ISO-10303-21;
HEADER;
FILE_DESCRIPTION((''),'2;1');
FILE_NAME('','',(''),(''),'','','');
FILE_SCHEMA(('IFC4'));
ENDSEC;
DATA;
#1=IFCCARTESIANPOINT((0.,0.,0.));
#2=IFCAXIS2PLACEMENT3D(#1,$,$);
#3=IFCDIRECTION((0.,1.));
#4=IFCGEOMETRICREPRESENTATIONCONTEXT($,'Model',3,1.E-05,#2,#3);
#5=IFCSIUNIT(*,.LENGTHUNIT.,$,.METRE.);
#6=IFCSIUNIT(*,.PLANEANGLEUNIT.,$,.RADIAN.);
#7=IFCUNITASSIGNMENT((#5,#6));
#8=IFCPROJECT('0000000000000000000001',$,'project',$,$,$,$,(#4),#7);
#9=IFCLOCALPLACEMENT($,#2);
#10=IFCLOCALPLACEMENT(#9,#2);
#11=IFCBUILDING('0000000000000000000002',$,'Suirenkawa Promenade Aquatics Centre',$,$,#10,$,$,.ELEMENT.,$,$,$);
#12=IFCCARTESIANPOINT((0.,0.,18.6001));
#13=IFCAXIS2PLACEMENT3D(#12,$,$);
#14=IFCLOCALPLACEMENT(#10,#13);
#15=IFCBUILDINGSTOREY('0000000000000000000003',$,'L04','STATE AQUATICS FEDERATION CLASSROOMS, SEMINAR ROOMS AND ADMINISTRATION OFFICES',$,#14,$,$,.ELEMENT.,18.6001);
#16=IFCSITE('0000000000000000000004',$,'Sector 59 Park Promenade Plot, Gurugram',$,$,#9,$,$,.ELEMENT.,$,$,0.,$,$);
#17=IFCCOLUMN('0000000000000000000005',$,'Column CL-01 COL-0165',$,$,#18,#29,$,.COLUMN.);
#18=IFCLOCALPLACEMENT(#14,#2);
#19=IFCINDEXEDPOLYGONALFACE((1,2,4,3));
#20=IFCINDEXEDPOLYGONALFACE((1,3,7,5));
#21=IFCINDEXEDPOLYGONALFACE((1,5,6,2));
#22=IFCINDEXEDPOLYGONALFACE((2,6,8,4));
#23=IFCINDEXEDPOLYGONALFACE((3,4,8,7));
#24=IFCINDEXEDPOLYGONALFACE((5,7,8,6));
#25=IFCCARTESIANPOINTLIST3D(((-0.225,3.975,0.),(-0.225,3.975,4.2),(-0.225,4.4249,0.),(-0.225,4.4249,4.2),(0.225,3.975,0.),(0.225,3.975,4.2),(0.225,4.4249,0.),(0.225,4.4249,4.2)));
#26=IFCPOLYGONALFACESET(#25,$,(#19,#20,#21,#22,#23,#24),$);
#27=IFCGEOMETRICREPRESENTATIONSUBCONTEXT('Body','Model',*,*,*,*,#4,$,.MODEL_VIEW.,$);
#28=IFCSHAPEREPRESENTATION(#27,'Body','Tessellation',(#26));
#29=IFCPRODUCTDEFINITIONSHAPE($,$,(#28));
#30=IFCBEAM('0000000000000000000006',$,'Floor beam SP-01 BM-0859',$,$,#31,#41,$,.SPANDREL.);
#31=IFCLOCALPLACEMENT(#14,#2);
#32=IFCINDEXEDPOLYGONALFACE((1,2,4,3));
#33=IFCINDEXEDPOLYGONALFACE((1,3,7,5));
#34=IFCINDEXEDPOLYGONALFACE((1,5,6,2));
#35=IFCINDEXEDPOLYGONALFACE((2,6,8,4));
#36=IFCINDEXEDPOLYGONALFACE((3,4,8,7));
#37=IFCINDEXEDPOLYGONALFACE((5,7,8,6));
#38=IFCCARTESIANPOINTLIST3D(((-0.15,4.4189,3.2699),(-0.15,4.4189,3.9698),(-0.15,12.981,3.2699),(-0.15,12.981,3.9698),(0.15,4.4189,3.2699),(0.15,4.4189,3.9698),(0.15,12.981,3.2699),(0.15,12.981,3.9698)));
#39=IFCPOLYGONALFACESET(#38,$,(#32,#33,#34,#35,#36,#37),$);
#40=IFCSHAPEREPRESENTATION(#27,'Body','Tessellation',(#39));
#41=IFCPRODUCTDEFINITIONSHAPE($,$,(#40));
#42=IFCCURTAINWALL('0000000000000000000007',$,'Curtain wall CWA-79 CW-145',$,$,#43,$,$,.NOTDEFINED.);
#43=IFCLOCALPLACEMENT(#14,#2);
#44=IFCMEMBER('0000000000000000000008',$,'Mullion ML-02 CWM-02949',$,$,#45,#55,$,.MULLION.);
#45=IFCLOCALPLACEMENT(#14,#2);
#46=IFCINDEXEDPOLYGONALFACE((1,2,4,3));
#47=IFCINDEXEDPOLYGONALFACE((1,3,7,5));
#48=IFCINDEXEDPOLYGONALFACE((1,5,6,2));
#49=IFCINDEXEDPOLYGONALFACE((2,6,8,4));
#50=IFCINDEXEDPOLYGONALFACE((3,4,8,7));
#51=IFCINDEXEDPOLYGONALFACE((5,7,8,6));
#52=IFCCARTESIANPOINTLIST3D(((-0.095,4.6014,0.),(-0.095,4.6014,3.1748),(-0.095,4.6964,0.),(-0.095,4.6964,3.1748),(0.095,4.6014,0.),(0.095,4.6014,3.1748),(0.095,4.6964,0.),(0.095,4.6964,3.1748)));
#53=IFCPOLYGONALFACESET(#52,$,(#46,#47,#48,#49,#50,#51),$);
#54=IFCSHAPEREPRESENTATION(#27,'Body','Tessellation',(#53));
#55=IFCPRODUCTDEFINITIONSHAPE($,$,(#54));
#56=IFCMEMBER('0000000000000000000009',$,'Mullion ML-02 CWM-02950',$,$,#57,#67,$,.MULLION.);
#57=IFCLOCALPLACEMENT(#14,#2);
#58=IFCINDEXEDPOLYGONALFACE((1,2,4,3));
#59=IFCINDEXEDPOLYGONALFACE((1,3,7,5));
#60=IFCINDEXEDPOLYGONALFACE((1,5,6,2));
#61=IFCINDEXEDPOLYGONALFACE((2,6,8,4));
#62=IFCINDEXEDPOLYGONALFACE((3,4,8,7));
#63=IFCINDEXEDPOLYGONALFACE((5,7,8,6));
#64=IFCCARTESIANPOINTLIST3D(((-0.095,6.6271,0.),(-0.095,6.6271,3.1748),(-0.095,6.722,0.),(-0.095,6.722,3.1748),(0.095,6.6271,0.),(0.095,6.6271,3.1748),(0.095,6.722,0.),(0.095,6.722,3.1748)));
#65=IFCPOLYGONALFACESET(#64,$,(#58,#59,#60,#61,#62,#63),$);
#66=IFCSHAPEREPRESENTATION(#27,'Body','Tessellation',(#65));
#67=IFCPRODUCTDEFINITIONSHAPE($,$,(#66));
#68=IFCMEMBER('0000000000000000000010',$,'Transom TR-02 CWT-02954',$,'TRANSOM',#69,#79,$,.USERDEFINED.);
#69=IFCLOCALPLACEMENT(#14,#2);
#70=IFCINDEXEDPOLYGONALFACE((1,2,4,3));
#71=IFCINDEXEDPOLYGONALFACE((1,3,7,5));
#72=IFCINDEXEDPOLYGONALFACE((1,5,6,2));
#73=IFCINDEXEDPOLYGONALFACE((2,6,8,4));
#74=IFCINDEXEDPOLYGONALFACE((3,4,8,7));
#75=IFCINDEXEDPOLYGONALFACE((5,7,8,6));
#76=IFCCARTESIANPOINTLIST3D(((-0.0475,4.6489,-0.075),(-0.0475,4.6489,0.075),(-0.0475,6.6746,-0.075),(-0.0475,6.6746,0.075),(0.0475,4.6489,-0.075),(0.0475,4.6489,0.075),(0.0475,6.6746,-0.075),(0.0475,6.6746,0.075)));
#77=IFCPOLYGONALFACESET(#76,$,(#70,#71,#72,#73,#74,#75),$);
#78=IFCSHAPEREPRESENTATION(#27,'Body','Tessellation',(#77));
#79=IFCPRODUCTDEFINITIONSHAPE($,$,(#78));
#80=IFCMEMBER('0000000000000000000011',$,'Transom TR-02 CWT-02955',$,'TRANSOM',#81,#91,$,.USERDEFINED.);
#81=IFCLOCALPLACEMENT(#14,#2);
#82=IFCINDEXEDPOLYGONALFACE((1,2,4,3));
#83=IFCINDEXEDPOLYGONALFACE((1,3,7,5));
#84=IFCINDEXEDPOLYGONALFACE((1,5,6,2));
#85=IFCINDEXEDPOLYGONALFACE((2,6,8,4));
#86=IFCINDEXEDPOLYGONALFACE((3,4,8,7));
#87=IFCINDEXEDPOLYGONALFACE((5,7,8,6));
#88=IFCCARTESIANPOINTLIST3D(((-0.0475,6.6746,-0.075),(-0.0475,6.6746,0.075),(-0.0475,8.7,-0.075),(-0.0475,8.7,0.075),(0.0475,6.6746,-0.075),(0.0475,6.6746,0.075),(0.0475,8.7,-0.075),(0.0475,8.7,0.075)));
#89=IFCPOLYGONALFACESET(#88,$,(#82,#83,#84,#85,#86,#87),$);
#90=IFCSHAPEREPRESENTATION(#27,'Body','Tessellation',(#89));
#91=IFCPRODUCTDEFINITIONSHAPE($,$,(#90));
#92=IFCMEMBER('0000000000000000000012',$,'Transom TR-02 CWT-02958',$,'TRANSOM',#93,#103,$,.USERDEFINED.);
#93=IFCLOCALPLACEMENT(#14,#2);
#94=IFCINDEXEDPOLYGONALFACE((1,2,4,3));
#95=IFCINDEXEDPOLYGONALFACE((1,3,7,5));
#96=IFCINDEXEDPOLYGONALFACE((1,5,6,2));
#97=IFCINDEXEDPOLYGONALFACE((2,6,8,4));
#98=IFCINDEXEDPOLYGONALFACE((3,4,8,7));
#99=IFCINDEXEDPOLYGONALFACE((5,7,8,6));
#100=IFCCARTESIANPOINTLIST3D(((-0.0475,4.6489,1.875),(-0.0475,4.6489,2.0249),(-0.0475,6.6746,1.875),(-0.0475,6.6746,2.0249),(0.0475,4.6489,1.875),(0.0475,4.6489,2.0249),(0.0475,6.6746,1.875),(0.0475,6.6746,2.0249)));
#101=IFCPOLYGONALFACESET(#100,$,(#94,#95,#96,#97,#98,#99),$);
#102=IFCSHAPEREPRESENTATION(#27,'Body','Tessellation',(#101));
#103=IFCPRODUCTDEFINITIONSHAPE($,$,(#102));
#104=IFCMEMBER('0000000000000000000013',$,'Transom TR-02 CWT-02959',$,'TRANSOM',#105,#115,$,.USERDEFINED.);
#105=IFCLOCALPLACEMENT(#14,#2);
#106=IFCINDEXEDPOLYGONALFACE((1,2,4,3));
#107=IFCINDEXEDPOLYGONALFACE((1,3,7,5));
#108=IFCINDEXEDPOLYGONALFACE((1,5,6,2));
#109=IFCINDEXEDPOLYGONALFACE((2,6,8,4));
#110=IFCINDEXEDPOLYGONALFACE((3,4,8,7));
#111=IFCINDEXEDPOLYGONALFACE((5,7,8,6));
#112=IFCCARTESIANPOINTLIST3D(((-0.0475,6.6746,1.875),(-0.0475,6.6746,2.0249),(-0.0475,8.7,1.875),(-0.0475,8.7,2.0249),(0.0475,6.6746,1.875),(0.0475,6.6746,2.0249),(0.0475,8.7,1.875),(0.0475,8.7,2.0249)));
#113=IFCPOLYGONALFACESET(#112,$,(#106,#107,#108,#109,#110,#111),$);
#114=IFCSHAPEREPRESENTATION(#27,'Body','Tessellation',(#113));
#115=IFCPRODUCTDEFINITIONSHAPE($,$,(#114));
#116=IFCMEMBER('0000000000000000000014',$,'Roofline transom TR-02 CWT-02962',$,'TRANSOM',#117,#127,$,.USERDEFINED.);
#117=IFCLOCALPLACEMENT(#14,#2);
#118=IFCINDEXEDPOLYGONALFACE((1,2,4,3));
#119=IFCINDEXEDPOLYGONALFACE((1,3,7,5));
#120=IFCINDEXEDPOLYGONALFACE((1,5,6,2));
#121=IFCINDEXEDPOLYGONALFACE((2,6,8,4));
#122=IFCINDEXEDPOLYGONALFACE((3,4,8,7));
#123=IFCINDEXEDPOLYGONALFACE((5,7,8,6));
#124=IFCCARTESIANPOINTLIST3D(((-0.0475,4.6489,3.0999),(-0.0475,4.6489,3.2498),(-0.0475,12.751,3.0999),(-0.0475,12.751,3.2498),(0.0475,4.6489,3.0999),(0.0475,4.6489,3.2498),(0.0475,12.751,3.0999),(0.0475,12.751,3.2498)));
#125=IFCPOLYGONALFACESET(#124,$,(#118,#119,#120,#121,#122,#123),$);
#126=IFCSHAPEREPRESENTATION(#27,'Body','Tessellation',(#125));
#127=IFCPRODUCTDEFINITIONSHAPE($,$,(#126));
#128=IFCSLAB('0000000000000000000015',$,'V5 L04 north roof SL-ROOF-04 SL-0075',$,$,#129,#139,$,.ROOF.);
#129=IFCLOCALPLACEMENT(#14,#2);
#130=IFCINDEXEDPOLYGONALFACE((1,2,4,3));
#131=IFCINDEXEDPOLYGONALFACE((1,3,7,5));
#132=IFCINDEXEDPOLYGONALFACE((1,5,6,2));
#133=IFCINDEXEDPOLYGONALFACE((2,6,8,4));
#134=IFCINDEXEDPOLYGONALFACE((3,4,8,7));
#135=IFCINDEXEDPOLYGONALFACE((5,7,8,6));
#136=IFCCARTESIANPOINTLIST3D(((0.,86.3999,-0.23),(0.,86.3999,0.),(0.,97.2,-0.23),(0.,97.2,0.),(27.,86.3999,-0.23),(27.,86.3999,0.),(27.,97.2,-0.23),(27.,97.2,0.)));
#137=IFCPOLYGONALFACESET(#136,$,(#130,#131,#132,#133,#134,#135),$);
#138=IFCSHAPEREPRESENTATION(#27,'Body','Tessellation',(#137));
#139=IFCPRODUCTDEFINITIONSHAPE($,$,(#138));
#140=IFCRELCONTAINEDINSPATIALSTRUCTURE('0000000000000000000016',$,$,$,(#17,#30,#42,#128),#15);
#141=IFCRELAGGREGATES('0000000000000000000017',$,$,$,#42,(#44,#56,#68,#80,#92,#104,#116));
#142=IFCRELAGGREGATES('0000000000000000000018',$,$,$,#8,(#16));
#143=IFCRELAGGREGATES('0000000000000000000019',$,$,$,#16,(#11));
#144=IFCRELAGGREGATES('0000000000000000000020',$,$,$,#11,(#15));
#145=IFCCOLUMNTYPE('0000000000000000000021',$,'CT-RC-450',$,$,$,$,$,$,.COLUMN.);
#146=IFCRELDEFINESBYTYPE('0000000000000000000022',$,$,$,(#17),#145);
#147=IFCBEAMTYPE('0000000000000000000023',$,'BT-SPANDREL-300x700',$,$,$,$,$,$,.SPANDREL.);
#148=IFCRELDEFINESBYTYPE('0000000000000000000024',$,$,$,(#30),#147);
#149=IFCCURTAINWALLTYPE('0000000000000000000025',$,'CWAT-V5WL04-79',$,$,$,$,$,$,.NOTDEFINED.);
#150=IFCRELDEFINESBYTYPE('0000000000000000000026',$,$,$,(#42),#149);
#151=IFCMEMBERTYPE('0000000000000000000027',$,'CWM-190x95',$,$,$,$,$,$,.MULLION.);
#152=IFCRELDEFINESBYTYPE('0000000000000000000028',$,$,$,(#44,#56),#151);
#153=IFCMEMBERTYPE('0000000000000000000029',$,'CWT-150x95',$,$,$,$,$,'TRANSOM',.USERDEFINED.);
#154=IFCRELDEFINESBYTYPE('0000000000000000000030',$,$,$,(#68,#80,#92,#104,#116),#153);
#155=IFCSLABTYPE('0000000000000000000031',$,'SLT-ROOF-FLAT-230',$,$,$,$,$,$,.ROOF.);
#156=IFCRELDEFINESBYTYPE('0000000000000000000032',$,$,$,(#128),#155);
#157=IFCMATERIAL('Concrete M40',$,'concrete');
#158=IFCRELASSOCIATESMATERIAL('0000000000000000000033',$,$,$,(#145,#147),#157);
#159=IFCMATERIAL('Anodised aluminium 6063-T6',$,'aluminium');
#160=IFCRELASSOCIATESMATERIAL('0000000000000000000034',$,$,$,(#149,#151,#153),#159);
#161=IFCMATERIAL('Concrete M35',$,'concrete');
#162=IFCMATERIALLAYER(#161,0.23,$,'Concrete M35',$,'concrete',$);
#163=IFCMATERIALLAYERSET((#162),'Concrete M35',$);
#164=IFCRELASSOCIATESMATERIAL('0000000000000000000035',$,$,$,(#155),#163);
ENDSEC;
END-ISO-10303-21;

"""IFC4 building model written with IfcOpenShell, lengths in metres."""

from ifc_helpers import new_model, si_unit, direction, frame, origin, origin_2d, place, context, subcontext, project, spatial, polyline, rectangle, outline, extrude, material, layer, layer_set, material_profile, profile_set, type_object, element, aggregate, save


model = new_model("IFC4")

# Units and contexts
model_context = context("Model", 3, precision=1e-05, world=origin(), true_north=direction((0.0, 1.0)))
body_context = subcontext(model_context, "Body", "Model", "MODEL_VIEW")
ifc_project = project(units=[si_unit("LENGTHUNIT", "METRE"), si_unit("PLANEANGLEUNIT", "RADIAN")], contexts=[model_context])

# Site, building, storey
site_placement = place(None, origin())
site = spatial("IfcSite", under=ifc_project, at=site_placement, Name="Sector 59 Park Promenade Plot, Gurugram", CompositionType="ELEMENT", RefElevation=0.0)
building_placement = place(site_placement, origin())
building = spatial("IfcBuilding", under=site, at=building_placement, Name="Suirenkawa Promenade Aquatics Centre", CompositionType="ELEMENT")
storey_placement = place(building_placement, frame((0.0, 0.0, 18.6001)))
storey = spatial("IfcBuildingStorey", under=building, at=storey_placement, Name="L04", Description="STATE AQUATICS FEDERATION CLASSROOMS, SEMINAR ROOMS AND ADMINISTRATION OFFICES", CompositionType="ELEMENT", Elevation=18.6001)

# Column
ifc_material_1 = material(Name="Concrete M40", Category="concrete")
ifc_material_profile_1 = material_profile(ifc_material_1, rectangle(XDim=0.45, YDim=0.45, at=origin_2d()), Name="RC COL 450x450", Category="concrete")
ifc_profile_set_1 = profile_set([ifc_material_profile_1], Name="Concrete M40")
column_type = type_object("IfcColumnType", Name="CT-RC-450", PredefinedType="COLUMN", material=ifc_profile_set_1)
column_placement = place(storey_placement, frame((0.0, 4.2, 0.0), z_axis=(0.0, 0.0, 1.0), x_axis=(1.0, 0.0, 0.0)))
element("IfcColumn", 1, at=column_placement, inside=storey, type_object=column_type, Name="Column CL-01 COL-0165", PredefinedType="COLUMN", context=body_context, shape_type="SweptSolid", body=[
    extrude(rectangle(XDim=0.45, YDim=0.45, at=origin_2d()), origin(), (0.0, 0.0, 1.0), 4.2),
])

# Beam
ifc_material_profile_2 = material_profile(ifc_material_1, rectangle(XDim=0.3, YDim=0.7, at=origin_2d()), Name="RC SPANDREL 300x700", Category="concrete")
ifc_profile_set_2 = profile_set([ifc_material_profile_2], Name="Concrete M40")
beam_type = type_object("IfcBeamType", Name="BT-SPANDREL-300x700", PredefinedType="SPANDREL", material=ifc_profile_set_2)
beam_placement = place(storey_placement, frame((0.0, 4.4189, 3.6199), z_axis=(0.0, 1.0, 0.0), x_axis=(-1.0, 0.0, 0.0)))
element("IfcBeam", 2, at=beam_placement, inside=storey, type_object=beam_type, Name="Floor beam SP-01 BM-0859", PredefinedType="SPANDREL", context=body_context, shape_type="SweptSolid", body=[
    extrude(rectangle(XDim=0.3, YDim=0.7, at=origin_2d()), origin(), (0.0, 0.0, 1.0), 8.562),
])

# Curtain wall, members
ifc_material_2 = material(Name="Anodised aluminium 6063-T6", Category="aluminium")
curtain_wall_type = type_object("IfcCurtainWallType", Name="CWAT-V5WL04-79", PredefinedType="NOTDEFINED", material=ifc_material_2)
curtain_wall_placement = place(storey_placement, origin())
curtain_wall = element("IfcCurtainWall", 3, at=curtain_wall_placement, inside=storey, type_object=curtain_wall_type, Name="Curtain wall CWA-79 CW-145", PredefinedType="NOTDEFINED")
ifc_material_profile_3 = material_profile(ifc_material_2, rectangle(XDim=0.095, YDim=0.1899, at=origin_2d()), Name="ALU MULL 95x190", Category="aluminium")
ifc_profile_set_3 = profile_set([ifc_material_profile_3], Name="Anodised aluminium 6063-T6")
member_type_1 = type_object("IfcMemberType", Name="CWM-190x95", PredefinedType="MULLION", material=ifc_profile_set_3)
member_1_placement = place(storey_placement, frame((0.0, 4.6489, 0.0), z_axis=(0.0, 0.0, 1.0), x_axis=(0.0, 1.0, 0.0)))
member_1 = element("IfcMember", 4, at=member_1_placement, type_object=member_type_1, Name="Mullion ML-02 CWM-02949", PredefinedType="MULLION", context=body_context, shape_type="SweptSolid", body=[
    extrude(rectangle(XDim=0.095, YDim=0.1899, at=origin_2d()), origin(), (0.0, 0.0, 1.0), 3.1748),
])
member_2_placement = place(storey_placement, frame((0.0, 6.6746, 0.0), z_axis=(0.0, 0.0, 1.0), x_axis=(0.0, 1.0, 0.0)))
member_2 = element("IfcMember", 5, at=member_2_placement, type_object=member_type_1, Name="Mullion ML-02 CWM-02950", PredefinedType="MULLION", context=body_context, shape_type="SweptSolid", body=[
    extrude(rectangle(XDim=0.095, YDim=0.1899, at=origin_2d()), origin(), (0.0, 0.0, 1.0), 3.1748),
])
ifc_material_profile_4 = material_profile(ifc_material_2, rectangle(XDim=0.095, YDim=0.1499, at=origin_2d()), Name="ALU TRAN 95x150", Category="aluminium")
ifc_profile_set_4 = profile_set([ifc_material_profile_4], Name="Anodised aluminium 6063-T6")
member_type_2 = type_object("IfcMemberType", Name="CWT-150x95", ElementType="TRANSOM", PredefinedType="USERDEFINED", material=ifc_profile_set_4)
member_3_placement = place(storey_placement, frame((0.0, 4.6489, 0.0), z_axis=(0.0, 1.0, 0.0), x_axis=(-1.0, 0.0, 0.0)))
member_3 = element("IfcMember", 6, at=member_3_placement, type_object=member_type_2, Name="Transom TR-02 CWT-02954", ObjectType="TRANSOM", PredefinedType="USERDEFINED", context=body_context, shape_type="SweptSolid", body=[
    extrude(rectangle(XDim=0.095, YDim=0.1499, at=origin_2d()), origin(), (0.0, 0.0, 1.0), 2.0256),
])
member_4_placement = place(storey_placement, frame((0.0, 6.6746, 0.0), z_axis=(0.0, 1.0, 0.0), x_axis=(-1.0, 0.0, 0.0)))
member_4 = element("IfcMember", 7, at=member_4_placement, type_object=member_type_2, Name="Transom TR-02 CWT-02955", ObjectType="TRANSOM", PredefinedType="USERDEFINED", context=body_context, shape_type="SweptSolid", body=[
    extrude(rectangle(XDim=0.095, YDim=0.1499, at=origin_2d()), origin(), (0.0, 0.0, 1.0), 2.0254),
])
member_5_placement = place(storey_placement, frame((0.0, 4.6489, 1.95), z_axis=(0.0, 1.0, 0.0), x_axis=(-1.0, 0.0, 0.0)))
member_5 = element("IfcMember", 8, at=member_5_placement, type_object=member_type_2, Name="Transom TR-02 CWT-02958", ObjectType="TRANSOM", PredefinedType="USERDEFINED", context=body_context, shape_type="SweptSolid", body=[
    extrude(rectangle(XDim=0.095, YDim=0.1499, at=origin_2d()), origin(), (0.0, 0.0, 1.0), 2.0256),
])
member_6_placement = place(storey_placement, frame((0.0, 6.6746, 1.95), z_axis=(0.0, 1.0, 0.0), x_axis=(-1.0, 0.0, 0.0)))
member_6 = element("IfcMember", 9, at=member_6_placement, type_object=member_type_2, Name="Transom TR-02 CWT-02959", ObjectType="TRANSOM", PredefinedType="USERDEFINED", context=body_context, shape_type="SweptSolid", body=[
    extrude(rectangle(XDim=0.095, YDim=0.1499, at=origin_2d()), origin(), (0.0, 0.0, 1.0), 2.0254),
])
member_7_placement = place(storey_placement, frame((0.0, 4.6489, 3.1748), z_axis=(0.0, 1.0, 0.0), x_axis=(-1.0, 0.0, 0.0)))
member_7 = element("IfcMember", 10, at=member_7_placement, type_object=member_type_2, Name="Roofline transom TR-02 CWT-02962", ObjectType="TRANSOM", PredefinedType="USERDEFINED", context=body_context, shape_type="SweptSolid", body=[
    extrude(rectangle(XDim=0.095, YDim=0.1499, at=origin_2d()), origin(), (0.0, 0.0, 1.0), 8.1021),
])
aggregate(curtain_wall, [member_1, member_2, member_3, member_4, member_5, member_6, member_7])

# Slab
ifc_material_3 = material(Name="Concrete M35", Category="concrete")
ifc_layer_1 = layer(ifc_material_3, 0.23, Name="Concrete M35", Category="concrete")
ifc_layer_set_1 = layer_set([ifc_layer_1], Name="Concrete M35")
slab_type_1 = type_object("IfcSlabType", Name="SLT-ROOF-FLAT-230", PredefinedType="ROOF", material=ifc_layer_set_1)
slab_1_placement = place(storey_placement, frame((0.0, 0.0, -0.23)))
element("IfcSlab", 11, at=slab_1_placement, inside=storey, type_object=slab_type_1, Name="V5 L04 north roof SL-ROOF-04 SL-0075", PredefinedType="ROOF", context=body_context, shape_type="SweptSolid", body=[
    extrude(outline(polyline([(0.0, 86.3999), (27.0, 86.3999), (27.0, 97.2), (0.0, 97.2), (0.0, 86.3999)])), origin(), (0.0, 0.0, 1.0), 0.23),
])

save(model, "model.ifc")
